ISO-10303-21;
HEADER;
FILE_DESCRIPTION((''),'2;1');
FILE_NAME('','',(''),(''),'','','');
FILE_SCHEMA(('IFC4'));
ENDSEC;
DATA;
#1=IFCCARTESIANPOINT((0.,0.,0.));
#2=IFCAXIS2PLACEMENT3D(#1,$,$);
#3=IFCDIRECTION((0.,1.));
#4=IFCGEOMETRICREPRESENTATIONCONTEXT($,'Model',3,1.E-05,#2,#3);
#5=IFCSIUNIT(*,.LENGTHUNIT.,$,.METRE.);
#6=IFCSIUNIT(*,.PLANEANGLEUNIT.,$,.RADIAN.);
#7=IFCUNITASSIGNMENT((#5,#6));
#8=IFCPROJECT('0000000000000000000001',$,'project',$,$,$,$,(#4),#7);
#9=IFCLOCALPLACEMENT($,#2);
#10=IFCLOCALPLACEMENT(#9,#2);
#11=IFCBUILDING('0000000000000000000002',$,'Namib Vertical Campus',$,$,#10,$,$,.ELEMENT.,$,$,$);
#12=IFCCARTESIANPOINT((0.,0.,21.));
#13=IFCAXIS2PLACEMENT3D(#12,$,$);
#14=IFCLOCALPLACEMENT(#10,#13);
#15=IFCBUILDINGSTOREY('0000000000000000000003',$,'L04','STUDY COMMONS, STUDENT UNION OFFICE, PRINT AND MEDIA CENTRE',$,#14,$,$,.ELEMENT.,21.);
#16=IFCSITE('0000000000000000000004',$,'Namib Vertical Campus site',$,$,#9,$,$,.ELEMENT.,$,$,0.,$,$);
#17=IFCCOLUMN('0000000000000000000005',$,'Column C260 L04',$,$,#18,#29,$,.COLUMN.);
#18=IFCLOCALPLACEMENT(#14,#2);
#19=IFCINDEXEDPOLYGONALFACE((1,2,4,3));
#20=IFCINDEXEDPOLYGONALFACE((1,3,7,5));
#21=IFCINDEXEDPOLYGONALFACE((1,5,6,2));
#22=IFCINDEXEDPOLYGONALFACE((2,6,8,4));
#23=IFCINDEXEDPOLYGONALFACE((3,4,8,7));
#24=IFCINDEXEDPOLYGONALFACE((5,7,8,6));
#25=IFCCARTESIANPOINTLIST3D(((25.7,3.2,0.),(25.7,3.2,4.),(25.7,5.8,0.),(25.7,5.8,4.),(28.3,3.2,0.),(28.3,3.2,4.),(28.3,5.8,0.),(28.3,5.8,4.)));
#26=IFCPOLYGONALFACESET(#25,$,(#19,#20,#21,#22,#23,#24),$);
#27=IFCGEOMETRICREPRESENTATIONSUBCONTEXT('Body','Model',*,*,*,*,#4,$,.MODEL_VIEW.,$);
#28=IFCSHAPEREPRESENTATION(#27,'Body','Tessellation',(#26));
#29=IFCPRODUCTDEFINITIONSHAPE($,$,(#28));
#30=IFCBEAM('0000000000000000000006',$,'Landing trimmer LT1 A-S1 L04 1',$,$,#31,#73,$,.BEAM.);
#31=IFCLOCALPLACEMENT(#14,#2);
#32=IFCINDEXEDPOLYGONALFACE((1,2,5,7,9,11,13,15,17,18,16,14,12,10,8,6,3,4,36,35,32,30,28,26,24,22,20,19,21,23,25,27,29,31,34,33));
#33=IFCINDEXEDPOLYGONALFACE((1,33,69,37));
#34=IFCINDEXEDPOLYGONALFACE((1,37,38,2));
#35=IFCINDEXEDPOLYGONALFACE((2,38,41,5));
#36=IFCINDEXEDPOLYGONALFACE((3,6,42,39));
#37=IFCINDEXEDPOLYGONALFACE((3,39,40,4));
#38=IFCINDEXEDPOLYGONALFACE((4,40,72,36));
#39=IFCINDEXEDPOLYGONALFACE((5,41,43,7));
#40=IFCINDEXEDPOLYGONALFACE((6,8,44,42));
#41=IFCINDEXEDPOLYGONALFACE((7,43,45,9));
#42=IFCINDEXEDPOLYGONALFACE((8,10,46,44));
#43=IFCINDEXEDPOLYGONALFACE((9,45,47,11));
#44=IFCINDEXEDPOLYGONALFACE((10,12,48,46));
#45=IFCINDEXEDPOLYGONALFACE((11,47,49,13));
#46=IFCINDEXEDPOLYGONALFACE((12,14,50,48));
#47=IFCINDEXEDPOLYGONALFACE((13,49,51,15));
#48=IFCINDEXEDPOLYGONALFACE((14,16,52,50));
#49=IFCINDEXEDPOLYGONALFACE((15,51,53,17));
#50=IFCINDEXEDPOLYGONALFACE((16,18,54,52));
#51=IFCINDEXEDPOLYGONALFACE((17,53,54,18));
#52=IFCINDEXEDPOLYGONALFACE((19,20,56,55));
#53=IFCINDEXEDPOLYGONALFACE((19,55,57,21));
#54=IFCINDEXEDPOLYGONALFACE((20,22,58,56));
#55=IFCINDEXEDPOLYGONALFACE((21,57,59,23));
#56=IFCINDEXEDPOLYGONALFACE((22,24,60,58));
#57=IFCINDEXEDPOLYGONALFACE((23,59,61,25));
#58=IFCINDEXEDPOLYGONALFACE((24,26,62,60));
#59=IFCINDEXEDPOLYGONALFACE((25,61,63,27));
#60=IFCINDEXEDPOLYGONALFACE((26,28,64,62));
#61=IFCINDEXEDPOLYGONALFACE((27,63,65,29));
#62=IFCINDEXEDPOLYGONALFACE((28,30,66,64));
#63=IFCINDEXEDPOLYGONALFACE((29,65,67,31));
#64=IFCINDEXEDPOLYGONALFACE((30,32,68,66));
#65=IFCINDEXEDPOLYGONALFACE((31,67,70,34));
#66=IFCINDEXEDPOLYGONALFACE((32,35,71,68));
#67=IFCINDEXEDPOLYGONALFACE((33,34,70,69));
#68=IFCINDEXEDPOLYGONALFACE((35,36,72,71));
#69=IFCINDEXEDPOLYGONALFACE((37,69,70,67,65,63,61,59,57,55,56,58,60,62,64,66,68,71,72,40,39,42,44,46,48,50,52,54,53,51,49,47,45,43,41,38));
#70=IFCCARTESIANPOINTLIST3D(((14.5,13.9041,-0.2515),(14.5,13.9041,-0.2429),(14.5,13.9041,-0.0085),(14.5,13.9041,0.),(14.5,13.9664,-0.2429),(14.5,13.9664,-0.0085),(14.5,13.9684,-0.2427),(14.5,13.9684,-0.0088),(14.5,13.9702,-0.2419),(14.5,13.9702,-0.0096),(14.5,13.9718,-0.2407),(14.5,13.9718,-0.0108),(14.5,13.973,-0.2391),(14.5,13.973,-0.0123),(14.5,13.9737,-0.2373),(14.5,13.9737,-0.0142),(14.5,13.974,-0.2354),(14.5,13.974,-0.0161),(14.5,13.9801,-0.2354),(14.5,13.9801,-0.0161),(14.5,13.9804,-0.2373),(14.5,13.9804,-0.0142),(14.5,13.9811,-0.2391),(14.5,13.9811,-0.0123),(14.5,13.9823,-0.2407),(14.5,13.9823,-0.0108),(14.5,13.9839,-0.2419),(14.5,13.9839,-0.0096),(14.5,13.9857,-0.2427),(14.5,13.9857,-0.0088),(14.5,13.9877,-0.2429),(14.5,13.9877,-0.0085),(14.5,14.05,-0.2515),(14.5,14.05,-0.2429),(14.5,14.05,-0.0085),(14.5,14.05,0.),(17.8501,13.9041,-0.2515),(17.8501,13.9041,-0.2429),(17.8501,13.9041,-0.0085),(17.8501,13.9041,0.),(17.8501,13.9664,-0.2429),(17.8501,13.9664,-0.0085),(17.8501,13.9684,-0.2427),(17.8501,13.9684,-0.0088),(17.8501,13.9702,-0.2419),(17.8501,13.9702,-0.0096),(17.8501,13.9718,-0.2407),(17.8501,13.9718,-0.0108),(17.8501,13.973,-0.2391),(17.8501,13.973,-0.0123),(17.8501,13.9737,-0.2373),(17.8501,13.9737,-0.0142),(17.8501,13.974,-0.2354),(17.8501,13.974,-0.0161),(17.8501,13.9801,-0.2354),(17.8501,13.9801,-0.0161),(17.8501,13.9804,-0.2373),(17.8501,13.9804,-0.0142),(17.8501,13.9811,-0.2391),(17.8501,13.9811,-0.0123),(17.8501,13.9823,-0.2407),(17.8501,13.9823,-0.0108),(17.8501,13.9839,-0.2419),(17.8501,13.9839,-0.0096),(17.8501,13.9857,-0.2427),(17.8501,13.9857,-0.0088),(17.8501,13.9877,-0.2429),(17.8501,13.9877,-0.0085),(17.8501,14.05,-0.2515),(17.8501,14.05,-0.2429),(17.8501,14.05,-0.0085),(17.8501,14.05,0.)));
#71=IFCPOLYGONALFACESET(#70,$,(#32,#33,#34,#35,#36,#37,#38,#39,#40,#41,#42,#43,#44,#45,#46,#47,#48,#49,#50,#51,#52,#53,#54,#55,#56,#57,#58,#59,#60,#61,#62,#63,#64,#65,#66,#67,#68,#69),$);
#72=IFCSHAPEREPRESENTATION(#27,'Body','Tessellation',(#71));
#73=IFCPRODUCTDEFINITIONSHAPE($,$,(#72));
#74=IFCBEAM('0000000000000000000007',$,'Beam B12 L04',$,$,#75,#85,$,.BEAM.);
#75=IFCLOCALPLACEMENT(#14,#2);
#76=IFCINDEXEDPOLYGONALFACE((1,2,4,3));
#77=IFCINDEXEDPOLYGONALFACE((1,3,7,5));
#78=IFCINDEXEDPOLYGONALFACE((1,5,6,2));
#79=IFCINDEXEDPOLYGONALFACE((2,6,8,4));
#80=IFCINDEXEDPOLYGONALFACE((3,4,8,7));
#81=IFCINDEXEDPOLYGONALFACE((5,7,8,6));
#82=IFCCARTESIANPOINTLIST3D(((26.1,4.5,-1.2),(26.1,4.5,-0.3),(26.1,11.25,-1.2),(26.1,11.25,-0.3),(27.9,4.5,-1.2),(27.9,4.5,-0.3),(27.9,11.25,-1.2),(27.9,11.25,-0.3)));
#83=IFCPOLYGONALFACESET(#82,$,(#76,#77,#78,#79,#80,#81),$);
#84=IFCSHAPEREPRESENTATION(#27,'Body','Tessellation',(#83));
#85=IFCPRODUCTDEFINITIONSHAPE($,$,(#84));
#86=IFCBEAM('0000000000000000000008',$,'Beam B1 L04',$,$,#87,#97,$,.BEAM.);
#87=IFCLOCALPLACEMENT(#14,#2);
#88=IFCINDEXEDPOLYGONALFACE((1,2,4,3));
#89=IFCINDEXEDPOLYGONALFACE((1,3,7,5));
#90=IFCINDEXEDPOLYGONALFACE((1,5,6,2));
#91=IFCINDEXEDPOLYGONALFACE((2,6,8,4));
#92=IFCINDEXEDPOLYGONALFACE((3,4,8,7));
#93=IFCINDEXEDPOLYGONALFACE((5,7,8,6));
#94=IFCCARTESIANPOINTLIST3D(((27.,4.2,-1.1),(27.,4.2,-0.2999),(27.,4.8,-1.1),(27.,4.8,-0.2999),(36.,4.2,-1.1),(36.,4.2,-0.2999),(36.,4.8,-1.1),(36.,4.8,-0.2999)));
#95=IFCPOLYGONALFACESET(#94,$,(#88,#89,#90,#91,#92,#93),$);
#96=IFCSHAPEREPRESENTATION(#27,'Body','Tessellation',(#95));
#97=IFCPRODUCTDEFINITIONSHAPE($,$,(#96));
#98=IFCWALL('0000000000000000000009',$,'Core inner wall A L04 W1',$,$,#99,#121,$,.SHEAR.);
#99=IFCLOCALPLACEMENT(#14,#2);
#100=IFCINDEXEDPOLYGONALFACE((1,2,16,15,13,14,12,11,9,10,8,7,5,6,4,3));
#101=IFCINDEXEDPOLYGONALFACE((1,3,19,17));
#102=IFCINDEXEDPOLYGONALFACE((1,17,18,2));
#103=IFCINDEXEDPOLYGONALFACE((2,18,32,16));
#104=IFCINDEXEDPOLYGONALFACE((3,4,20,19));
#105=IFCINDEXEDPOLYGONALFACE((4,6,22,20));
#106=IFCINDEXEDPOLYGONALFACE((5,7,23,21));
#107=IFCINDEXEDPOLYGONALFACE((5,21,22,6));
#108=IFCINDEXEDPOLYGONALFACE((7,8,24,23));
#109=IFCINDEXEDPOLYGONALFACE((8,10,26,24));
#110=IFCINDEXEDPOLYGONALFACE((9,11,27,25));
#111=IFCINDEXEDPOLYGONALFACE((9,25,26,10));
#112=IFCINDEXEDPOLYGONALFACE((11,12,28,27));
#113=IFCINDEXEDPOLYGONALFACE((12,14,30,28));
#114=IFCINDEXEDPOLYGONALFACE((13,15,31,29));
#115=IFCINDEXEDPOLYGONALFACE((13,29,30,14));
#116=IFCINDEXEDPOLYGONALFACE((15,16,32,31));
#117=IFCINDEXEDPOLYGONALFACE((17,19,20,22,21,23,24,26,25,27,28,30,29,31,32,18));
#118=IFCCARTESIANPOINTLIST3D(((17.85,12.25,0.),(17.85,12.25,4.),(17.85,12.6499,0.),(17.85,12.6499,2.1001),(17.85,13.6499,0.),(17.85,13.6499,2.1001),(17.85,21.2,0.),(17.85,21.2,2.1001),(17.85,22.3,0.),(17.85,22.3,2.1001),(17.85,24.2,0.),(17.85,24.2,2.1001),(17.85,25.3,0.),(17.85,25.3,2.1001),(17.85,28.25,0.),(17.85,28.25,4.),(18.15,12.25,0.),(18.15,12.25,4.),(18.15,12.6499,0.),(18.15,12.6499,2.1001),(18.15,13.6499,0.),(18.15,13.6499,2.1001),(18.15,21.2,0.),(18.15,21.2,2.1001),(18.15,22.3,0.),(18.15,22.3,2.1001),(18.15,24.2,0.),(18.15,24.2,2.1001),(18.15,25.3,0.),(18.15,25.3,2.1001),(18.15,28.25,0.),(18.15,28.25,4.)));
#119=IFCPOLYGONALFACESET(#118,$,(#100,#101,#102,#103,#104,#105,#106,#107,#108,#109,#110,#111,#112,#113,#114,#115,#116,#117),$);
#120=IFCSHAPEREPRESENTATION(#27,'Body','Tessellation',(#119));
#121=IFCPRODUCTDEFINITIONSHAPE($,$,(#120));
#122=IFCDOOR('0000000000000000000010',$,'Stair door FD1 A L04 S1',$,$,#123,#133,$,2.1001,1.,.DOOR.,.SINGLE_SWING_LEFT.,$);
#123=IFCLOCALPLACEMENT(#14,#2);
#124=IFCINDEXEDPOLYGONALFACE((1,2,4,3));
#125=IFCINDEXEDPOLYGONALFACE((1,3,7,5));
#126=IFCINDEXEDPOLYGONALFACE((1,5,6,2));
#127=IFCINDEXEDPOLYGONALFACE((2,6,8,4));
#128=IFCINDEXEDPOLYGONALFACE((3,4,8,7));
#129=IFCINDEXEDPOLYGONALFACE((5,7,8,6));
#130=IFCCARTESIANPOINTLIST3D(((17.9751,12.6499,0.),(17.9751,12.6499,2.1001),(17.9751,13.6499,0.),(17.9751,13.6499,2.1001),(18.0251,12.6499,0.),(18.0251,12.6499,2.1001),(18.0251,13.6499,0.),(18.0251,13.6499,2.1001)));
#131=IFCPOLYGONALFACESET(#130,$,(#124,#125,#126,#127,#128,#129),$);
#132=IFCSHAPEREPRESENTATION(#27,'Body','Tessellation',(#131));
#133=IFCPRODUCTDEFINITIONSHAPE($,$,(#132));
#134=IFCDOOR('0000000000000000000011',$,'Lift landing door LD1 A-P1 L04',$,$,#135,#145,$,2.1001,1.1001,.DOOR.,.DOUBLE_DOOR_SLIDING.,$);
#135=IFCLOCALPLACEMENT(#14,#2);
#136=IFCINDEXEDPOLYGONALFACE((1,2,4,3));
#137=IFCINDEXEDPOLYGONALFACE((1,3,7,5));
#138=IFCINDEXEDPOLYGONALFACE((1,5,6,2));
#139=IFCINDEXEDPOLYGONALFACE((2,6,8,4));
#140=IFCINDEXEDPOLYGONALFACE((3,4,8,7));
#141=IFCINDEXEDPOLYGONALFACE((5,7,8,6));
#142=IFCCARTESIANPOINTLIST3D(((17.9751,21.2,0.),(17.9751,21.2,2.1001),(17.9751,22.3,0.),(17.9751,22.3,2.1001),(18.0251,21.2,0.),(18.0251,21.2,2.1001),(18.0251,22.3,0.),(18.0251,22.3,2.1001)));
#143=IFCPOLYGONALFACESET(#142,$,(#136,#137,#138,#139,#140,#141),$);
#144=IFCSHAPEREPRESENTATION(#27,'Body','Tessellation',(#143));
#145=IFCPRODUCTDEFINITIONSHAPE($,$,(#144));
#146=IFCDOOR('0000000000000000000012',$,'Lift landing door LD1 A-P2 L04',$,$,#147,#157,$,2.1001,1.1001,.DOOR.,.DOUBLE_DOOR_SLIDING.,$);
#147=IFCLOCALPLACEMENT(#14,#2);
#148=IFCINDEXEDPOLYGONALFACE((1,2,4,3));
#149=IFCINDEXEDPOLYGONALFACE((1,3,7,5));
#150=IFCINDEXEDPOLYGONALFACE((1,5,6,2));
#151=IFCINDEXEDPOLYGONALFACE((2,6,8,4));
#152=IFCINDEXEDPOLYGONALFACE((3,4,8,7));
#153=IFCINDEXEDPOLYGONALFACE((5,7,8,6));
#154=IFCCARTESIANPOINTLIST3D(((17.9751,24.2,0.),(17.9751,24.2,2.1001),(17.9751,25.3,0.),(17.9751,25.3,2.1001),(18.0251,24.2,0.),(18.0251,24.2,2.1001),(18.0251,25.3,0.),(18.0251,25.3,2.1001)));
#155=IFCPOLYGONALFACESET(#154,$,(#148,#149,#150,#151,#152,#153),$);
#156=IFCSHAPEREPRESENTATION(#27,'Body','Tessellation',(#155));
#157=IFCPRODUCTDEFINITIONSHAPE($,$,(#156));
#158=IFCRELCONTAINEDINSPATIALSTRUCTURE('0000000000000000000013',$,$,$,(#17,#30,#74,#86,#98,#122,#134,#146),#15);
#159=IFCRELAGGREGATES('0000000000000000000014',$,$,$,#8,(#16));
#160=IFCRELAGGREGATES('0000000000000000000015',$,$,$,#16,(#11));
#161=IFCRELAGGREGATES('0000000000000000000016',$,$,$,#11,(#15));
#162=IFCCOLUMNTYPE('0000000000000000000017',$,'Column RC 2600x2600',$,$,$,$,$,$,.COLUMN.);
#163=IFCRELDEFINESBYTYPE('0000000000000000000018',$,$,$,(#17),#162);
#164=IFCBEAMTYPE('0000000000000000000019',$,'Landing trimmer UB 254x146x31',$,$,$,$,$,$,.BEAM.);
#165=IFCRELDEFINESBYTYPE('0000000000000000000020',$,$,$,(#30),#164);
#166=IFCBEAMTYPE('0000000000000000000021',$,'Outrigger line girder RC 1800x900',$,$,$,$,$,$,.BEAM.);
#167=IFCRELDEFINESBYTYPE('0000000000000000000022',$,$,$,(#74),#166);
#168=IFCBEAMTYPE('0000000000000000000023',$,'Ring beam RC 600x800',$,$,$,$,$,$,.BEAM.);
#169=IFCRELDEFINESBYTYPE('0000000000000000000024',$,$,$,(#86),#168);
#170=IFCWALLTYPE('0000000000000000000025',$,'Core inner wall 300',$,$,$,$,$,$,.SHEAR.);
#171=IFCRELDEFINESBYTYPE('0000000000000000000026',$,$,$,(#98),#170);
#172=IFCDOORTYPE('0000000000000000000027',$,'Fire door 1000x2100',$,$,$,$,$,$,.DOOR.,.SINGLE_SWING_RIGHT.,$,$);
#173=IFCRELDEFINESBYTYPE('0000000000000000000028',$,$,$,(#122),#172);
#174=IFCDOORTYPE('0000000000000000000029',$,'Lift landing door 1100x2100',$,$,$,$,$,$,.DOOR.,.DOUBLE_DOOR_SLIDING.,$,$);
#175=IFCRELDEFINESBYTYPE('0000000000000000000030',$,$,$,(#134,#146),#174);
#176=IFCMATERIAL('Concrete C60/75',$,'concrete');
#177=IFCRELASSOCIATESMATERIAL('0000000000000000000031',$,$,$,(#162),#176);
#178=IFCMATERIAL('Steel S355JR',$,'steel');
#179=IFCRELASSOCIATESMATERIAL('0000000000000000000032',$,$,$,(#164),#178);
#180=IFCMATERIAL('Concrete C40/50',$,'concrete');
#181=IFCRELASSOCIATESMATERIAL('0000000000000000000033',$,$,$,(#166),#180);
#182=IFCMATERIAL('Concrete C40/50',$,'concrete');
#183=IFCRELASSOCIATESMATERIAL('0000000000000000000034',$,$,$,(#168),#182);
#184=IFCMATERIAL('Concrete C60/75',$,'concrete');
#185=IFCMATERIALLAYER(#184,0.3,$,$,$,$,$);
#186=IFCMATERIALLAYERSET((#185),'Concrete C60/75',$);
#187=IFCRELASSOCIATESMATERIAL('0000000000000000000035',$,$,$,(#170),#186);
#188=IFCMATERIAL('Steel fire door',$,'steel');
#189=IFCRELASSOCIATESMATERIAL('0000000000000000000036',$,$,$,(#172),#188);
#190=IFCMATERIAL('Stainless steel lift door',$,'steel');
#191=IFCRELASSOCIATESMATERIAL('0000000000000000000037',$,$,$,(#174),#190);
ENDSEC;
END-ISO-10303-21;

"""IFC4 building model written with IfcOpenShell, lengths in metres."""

from ifc_helpers import new_model, si_unit, direction, frame, frame_2d, origin, origin_2d, place, context, subcontext, project, spatial, rectangle, i_section, extrude, material, layer, layer_set, material_profile, profile_set, type_object, element, fill, save


model = new_model("IFC4")

# Units and contexts
model_context = context("Model", 3, precision=1e-05, world=origin(), true_north=direction((0.0, 1.0)))
body_context = subcontext(model_context, "Body", "Model", "MODEL_VIEW")
ifc_project = project(units=[si_unit("LENGTHUNIT", "METRE"), si_unit("PLANEANGLEUNIT", "RADIAN")], contexts=[model_context])

# Site, building, storey
site_placement = place(None, origin())
site = spatial("IfcSite", under=ifc_project, at=site_placement, Name="Namib Vertical Campus site", CompositionType="ELEMENT", RefElevation=0.0)
building_placement = place(site_placement, origin())
building = spatial("IfcBuilding", under=site, at=building_placement, Name="Namib Vertical Campus", CompositionType="ELEMENT")
storey_placement = place(building_placement, frame((0.0, 0.0, 21.0)))
storey = spatial("IfcBuildingStorey", under=building, at=storey_placement, Name="L04", Description="STUDY COMMONS, STUDENT UNION OFFICE, PRINT AND MEDIA CENTRE", CompositionType="ELEMENT", Elevation=21.0)

# Column
ifc_material_1 = material(Name="Concrete C60/75", Category="concrete")
ifc_material_profile_1 = material_profile(ifc_material_1, rectangle(XDim=2.6001, YDim=2.6001, at=origin_2d()))
ifc_profile_set_1 = profile_set([ifc_material_profile_1], Name="Concrete C60/75")
column_type = type_object("IfcColumnType", Name="Column RC 2600x2600", PredefinedType="COLUMN", material=ifc_profile_set_1)
column_placement = place(storey_placement, frame((27.0, 4.5, 0.0), z_axis=(0.0, 0.0, 1.0), x_axis=(1.0, 0.0, 0.0)))
element("IfcColumn", 1, at=column_placement, inside=storey, type_object=column_type, Name="Column C260 L04", PredefinedType="COLUMN", context=body_context, shape_type="SweptSolid", body=[
    extrude(rectangle(XDim=2.6001, YDim=2.6001, at=origin_2d()), origin(), (0.0, 0.0, 1.0), 4.0),
])

# Beams
ifc_material_2 = material(Name="Steel S355JR", Category="steel")
ifc_material_profile_2 = material_profile(ifc_material_2, i_section(OverallWidth=0.146, OverallDepth=0.2515, WebThickness=0.0061, FlangeThickness=0.0085, FilletRadius=0.0076, at=origin_2d()))
ifc_profile_set_2 = profile_set([ifc_material_profile_2], Name="Steel S355JR")
beam_type_1 = type_object("IfcBeamType", Name="Landing trimmer UB 254x146x31", PredefinedType="BEAM", material=ifc_profile_set_2)
beam_1_placement = place(storey_placement, frame((14.5, 13.9771, -0.1257), z_axis=(1.0, 0.0, 0.0), x_axis=(0.0, 1.0, 0.0)))
element("IfcBeam", 2, at=beam_1_placement, inside=storey, type_object=beam_type_1, Name="Landing trimmer LT1 A-S1 L04 1", PredefinedType="BEAM", context=body_context, shape_type="SweptSolid", body=[
    extrude(i_section(OverallWidth=0.146, OverallDepth=0.2515, WebThickness=0.0061, FlangeThickness=0.0085, FilletRadius=0.0076, at=origin_2d()), origin(), (0.0, 0.0, 1.0), 3.3501),
])
ifc_material_3 = material(Name="Concrete C40/50", Category="concrete")
ifc_material_profile_3 = material_profile(ifc_material_3, rectangle(XDim=1.8, YDim=0.8999, at=origin_2d()))
ifc_profile_set_3 = profile_set([ifc_material_profile_3], Name="Concrete C40/50")
beam_type_2 = type_object("IfcBeamType", Name="Outrigger line girder RC 1800x900", PredefinedType="BEAM", material=ifc_profile_set_3)
beam_2_placement = place(storey_placement, frame((27.0, 4.5, -0.75), z_axis=(0.0, 1.0, 0.0), x_axis=(-1.0, 0.0, 0.0)))
element("IfcBeam", 3, at=beam_2_placement, inside=storey, type_object=beam_type_2, Name="Beam B12 L04", PredefinedType="BEAM", context=body_context, shape_type="SweptSolid", body=[
    extrude(rectangle(XDim=1.8, YDim=0.8999, at=origin_2d()), origin(), (0.0, 0.0, 1.0), 6.75),
])
ifc_material_4 = material(Name="Concrete C40/50", Category="concrete")
ifc_material_profile_4 = material_profile(ifc_material_4, rectangle(XDim=0.6001, YDim=0.8, at=origin_2d()))
ifc_profile_set_4 = profile_set([ifc_material_profile_4], Name="Concrete C40/50")
beam_type_3 = type_object("IfcBeamType", Name="Ring beam RC 600x800", PredefinedType="BEAM", material=ifc_profile_set_4)
beam_3_placement = place(storey_placement, frame((27.0, 4.5, -0.7), z_axis=(1.0, 0.0, 0.0), x_axis=(0.0, 1.0, 0.0)))
element("IfcBeam", 4, at=beam_3_placement, inside=storey, type_object=beam_type_3, Name="Beam B1 L04", PredefinedType="BEAM", context=body_context, shape_type="SweptSolid", body=[
    extrude(rectangle(XDim=0.6001, YDim=0.8, at=origin_2d()), origin(), (0.0, 0.0, 1.0), 9.0),
])

# Wall, openings, doors
ifc_material_5 = material(Name="Concrete C60/75", Category="concrete")
ifc_layer_1 = layer(ifc_material_5, 0.3)
ifc_layer_set_1 = layer_set([ifc_layer_1], Name="Concrete C60/75")
wall_type_1 = type_object("IfcWallType", Name="Core inner wall 300", PredefinedType="SHEAR", material=ifc_layer_set_1)
wall_1_placement = place(storey_placement, frame((18.0, 12.25, 0.0), z_axis=(0.0, 0.0, 1.0), x_axis=(0.0, 1.0, 0.0)))
wall_1 = element("IfcWall", 5, at=wall_1_placement, inside=storey, type_object=wall_type_1, Name="Core inner wall A L04 W1", PredefinedType="SHEAR", context=body_context, shape_type="SweptSolid", body=[
    extrude(rectangle(XDim=16.0, YDim=0.3, at=frame_2d((8.0, 0.0))), origin(), (0.0, 0.0, 1.0), 4.0),
])
opening_1_placement = place(wall_1_placement, frame((0.3999, 0.0, 0.0)))
opening_1 = element("IfcOpeningElement", 6, at=opening_1_placement, cuts=wall_1, PredefinedType="OPENING", context=body_context, shape_type="SweptSolid", body=[
    extrude(rectangle(XDim=1.0, YDim=2.1001, at=frame_2d((0.5, 1.05))), frame((0.0, 0.1599, 0.0), z_axis=(0.0, -1.0, 0.0), x_axis=(1.0, 0.0, 0.0)), (0.0, 0.0, 1.0), 0.3201),
])
opening_2_placement = place(wall_1_placement, frame((8.95, 0.0, 0.0)))
opening_2 = element("IfcOpeningElement", 7, at=opening_2_placement, cuts=wall_1, PredefinedType="OPENING", context=body_context, shape_type="SweptSolid", body=[
    extrude(rectangle(XDim=1.1001, YDim=2.1001, at=frame_2d((0.55, 1.05))), frame((0.0, 0.1599, 0.0), z_axis=(0.0, -1.0, 0.0), x_axis=(1.0, 0.0, 0.0)), (0.0, 0.0, 1.0), 0.3201),
])
opening_3_placement = place(wall_1_placement, frame((11.95, 0.0, 0.0)))
opening_3 = element("IfcOpeningElement", 8, at=opening_3_placement, cuts=wall_1, PredefinedType="OPENING", context=body_context, shape_type="SweptSolid", body=[
    extrude(rectangle(XDim=1.1001, YDim=2.1001, at=frame_2d((0.55, 1.05))), frame((0.0, 0.1599, 0.0), z_axis=(0.0, -1.0, 0.0), x_axis=(1.0, 0.0, 0.0)), (0.0, 0.0, 1.0), 0.3201),
])
ifc_material_6 = material(Name="Steel fire door", Category="steel")
door_type_1 = type_object("IfcDoorType", Name="Fire door 1000x2100", OperationType="SINGLE_SWING_RIGHT", PredefinedType="DOOR", material=ifc_material_6)
door_1_placement = place(opening_1_placement, origin())
door_1 = element("IfcDoor", 9, at=door_1_placement, inside=storey, type_object=door_type_1, Name="Stair door FD1 A L04 S1", OperationType="SINGLE_SWING_LEFT", OverallHeight=2.1001, OverallWidth=1.0, PredefinedType="DOOR", context=body_context, shape_type="SweptSolid", body=[
    extrude(rectangle(XDim=1.0, YDim=2.1001, at=frame_2d((0.5, 1.05))), frame((0.0, 0.0249, 0.0), z_axis=(0.0, -1.0, 0.0), x_axis=(1.0, 0.0, 0.0)), (0.0, 0.0, 1.0), 0.05),
])
fill(opening_1, door_1)
ifc_material_7 = material(Name="Stainless steel lift door", Category="steel")
door_type_2 = type_object("IfcDoorType", Name="Lift landing door 1100x2100", OperationType="DOUBLE_DOOR_SLIDING", PredefinedType="DOOR", material=ifc_material_7)
door_2_placement = place(opening_2_placement, origin())
door_2 = element("IfcDoor", 10, at=door_2_placement, inside=storey, type_object=door_type_2, Name="Lift landing door LD1 A-P1 L04", OperationType="DOUBLE_DOOR_SLIDING", OverallHeight=2.1001, OverallWidth=1.1001, PredefinedType="DOOR", context=body_context, shape_type="SweptSolid", body=[
    extrude(rectangle(XDim=1.1001, YDim=2.1001, at=frame_2d((0.55, 1.05))), frame((0.0, 0.0249, 0.0), z_axis=(0.0, -1.0, 0.0), x_axis=(1.0, 0.0, 0.0)), (0.0, 0.0, 1.0), 0.05),
])
fill(opening_2, door_2)
door_3_placement = place(opening_3_placement, origin())
door_3 = element("IfcDoor", 11, at=door_3_placement, inside=storey, type_object=door_type_2, Name="Lift landing door LD1 A-P2 L04", OperationType="DOUBLE_DOOR_SLIDING", OverallHeight=2.1001, OverallWidth=1.1001, PredefinedType="DOOR", context=body_context, shape_type="SweptSolid", body=[
    extrude(rectangle(XDim=1.1001, YDim=2.1001, at=frame_2d((0.55, 1.05))), frame((0.0, 0.0249, 0.0), z_axis=(0.0, -1.0, 0.0), x_axis=(1.0, 0.0, 0.0)), (0.0, 0.0, 1.0), 0.05),
])
fill(opening_3, door_3)

save(model, "model.ifc")
